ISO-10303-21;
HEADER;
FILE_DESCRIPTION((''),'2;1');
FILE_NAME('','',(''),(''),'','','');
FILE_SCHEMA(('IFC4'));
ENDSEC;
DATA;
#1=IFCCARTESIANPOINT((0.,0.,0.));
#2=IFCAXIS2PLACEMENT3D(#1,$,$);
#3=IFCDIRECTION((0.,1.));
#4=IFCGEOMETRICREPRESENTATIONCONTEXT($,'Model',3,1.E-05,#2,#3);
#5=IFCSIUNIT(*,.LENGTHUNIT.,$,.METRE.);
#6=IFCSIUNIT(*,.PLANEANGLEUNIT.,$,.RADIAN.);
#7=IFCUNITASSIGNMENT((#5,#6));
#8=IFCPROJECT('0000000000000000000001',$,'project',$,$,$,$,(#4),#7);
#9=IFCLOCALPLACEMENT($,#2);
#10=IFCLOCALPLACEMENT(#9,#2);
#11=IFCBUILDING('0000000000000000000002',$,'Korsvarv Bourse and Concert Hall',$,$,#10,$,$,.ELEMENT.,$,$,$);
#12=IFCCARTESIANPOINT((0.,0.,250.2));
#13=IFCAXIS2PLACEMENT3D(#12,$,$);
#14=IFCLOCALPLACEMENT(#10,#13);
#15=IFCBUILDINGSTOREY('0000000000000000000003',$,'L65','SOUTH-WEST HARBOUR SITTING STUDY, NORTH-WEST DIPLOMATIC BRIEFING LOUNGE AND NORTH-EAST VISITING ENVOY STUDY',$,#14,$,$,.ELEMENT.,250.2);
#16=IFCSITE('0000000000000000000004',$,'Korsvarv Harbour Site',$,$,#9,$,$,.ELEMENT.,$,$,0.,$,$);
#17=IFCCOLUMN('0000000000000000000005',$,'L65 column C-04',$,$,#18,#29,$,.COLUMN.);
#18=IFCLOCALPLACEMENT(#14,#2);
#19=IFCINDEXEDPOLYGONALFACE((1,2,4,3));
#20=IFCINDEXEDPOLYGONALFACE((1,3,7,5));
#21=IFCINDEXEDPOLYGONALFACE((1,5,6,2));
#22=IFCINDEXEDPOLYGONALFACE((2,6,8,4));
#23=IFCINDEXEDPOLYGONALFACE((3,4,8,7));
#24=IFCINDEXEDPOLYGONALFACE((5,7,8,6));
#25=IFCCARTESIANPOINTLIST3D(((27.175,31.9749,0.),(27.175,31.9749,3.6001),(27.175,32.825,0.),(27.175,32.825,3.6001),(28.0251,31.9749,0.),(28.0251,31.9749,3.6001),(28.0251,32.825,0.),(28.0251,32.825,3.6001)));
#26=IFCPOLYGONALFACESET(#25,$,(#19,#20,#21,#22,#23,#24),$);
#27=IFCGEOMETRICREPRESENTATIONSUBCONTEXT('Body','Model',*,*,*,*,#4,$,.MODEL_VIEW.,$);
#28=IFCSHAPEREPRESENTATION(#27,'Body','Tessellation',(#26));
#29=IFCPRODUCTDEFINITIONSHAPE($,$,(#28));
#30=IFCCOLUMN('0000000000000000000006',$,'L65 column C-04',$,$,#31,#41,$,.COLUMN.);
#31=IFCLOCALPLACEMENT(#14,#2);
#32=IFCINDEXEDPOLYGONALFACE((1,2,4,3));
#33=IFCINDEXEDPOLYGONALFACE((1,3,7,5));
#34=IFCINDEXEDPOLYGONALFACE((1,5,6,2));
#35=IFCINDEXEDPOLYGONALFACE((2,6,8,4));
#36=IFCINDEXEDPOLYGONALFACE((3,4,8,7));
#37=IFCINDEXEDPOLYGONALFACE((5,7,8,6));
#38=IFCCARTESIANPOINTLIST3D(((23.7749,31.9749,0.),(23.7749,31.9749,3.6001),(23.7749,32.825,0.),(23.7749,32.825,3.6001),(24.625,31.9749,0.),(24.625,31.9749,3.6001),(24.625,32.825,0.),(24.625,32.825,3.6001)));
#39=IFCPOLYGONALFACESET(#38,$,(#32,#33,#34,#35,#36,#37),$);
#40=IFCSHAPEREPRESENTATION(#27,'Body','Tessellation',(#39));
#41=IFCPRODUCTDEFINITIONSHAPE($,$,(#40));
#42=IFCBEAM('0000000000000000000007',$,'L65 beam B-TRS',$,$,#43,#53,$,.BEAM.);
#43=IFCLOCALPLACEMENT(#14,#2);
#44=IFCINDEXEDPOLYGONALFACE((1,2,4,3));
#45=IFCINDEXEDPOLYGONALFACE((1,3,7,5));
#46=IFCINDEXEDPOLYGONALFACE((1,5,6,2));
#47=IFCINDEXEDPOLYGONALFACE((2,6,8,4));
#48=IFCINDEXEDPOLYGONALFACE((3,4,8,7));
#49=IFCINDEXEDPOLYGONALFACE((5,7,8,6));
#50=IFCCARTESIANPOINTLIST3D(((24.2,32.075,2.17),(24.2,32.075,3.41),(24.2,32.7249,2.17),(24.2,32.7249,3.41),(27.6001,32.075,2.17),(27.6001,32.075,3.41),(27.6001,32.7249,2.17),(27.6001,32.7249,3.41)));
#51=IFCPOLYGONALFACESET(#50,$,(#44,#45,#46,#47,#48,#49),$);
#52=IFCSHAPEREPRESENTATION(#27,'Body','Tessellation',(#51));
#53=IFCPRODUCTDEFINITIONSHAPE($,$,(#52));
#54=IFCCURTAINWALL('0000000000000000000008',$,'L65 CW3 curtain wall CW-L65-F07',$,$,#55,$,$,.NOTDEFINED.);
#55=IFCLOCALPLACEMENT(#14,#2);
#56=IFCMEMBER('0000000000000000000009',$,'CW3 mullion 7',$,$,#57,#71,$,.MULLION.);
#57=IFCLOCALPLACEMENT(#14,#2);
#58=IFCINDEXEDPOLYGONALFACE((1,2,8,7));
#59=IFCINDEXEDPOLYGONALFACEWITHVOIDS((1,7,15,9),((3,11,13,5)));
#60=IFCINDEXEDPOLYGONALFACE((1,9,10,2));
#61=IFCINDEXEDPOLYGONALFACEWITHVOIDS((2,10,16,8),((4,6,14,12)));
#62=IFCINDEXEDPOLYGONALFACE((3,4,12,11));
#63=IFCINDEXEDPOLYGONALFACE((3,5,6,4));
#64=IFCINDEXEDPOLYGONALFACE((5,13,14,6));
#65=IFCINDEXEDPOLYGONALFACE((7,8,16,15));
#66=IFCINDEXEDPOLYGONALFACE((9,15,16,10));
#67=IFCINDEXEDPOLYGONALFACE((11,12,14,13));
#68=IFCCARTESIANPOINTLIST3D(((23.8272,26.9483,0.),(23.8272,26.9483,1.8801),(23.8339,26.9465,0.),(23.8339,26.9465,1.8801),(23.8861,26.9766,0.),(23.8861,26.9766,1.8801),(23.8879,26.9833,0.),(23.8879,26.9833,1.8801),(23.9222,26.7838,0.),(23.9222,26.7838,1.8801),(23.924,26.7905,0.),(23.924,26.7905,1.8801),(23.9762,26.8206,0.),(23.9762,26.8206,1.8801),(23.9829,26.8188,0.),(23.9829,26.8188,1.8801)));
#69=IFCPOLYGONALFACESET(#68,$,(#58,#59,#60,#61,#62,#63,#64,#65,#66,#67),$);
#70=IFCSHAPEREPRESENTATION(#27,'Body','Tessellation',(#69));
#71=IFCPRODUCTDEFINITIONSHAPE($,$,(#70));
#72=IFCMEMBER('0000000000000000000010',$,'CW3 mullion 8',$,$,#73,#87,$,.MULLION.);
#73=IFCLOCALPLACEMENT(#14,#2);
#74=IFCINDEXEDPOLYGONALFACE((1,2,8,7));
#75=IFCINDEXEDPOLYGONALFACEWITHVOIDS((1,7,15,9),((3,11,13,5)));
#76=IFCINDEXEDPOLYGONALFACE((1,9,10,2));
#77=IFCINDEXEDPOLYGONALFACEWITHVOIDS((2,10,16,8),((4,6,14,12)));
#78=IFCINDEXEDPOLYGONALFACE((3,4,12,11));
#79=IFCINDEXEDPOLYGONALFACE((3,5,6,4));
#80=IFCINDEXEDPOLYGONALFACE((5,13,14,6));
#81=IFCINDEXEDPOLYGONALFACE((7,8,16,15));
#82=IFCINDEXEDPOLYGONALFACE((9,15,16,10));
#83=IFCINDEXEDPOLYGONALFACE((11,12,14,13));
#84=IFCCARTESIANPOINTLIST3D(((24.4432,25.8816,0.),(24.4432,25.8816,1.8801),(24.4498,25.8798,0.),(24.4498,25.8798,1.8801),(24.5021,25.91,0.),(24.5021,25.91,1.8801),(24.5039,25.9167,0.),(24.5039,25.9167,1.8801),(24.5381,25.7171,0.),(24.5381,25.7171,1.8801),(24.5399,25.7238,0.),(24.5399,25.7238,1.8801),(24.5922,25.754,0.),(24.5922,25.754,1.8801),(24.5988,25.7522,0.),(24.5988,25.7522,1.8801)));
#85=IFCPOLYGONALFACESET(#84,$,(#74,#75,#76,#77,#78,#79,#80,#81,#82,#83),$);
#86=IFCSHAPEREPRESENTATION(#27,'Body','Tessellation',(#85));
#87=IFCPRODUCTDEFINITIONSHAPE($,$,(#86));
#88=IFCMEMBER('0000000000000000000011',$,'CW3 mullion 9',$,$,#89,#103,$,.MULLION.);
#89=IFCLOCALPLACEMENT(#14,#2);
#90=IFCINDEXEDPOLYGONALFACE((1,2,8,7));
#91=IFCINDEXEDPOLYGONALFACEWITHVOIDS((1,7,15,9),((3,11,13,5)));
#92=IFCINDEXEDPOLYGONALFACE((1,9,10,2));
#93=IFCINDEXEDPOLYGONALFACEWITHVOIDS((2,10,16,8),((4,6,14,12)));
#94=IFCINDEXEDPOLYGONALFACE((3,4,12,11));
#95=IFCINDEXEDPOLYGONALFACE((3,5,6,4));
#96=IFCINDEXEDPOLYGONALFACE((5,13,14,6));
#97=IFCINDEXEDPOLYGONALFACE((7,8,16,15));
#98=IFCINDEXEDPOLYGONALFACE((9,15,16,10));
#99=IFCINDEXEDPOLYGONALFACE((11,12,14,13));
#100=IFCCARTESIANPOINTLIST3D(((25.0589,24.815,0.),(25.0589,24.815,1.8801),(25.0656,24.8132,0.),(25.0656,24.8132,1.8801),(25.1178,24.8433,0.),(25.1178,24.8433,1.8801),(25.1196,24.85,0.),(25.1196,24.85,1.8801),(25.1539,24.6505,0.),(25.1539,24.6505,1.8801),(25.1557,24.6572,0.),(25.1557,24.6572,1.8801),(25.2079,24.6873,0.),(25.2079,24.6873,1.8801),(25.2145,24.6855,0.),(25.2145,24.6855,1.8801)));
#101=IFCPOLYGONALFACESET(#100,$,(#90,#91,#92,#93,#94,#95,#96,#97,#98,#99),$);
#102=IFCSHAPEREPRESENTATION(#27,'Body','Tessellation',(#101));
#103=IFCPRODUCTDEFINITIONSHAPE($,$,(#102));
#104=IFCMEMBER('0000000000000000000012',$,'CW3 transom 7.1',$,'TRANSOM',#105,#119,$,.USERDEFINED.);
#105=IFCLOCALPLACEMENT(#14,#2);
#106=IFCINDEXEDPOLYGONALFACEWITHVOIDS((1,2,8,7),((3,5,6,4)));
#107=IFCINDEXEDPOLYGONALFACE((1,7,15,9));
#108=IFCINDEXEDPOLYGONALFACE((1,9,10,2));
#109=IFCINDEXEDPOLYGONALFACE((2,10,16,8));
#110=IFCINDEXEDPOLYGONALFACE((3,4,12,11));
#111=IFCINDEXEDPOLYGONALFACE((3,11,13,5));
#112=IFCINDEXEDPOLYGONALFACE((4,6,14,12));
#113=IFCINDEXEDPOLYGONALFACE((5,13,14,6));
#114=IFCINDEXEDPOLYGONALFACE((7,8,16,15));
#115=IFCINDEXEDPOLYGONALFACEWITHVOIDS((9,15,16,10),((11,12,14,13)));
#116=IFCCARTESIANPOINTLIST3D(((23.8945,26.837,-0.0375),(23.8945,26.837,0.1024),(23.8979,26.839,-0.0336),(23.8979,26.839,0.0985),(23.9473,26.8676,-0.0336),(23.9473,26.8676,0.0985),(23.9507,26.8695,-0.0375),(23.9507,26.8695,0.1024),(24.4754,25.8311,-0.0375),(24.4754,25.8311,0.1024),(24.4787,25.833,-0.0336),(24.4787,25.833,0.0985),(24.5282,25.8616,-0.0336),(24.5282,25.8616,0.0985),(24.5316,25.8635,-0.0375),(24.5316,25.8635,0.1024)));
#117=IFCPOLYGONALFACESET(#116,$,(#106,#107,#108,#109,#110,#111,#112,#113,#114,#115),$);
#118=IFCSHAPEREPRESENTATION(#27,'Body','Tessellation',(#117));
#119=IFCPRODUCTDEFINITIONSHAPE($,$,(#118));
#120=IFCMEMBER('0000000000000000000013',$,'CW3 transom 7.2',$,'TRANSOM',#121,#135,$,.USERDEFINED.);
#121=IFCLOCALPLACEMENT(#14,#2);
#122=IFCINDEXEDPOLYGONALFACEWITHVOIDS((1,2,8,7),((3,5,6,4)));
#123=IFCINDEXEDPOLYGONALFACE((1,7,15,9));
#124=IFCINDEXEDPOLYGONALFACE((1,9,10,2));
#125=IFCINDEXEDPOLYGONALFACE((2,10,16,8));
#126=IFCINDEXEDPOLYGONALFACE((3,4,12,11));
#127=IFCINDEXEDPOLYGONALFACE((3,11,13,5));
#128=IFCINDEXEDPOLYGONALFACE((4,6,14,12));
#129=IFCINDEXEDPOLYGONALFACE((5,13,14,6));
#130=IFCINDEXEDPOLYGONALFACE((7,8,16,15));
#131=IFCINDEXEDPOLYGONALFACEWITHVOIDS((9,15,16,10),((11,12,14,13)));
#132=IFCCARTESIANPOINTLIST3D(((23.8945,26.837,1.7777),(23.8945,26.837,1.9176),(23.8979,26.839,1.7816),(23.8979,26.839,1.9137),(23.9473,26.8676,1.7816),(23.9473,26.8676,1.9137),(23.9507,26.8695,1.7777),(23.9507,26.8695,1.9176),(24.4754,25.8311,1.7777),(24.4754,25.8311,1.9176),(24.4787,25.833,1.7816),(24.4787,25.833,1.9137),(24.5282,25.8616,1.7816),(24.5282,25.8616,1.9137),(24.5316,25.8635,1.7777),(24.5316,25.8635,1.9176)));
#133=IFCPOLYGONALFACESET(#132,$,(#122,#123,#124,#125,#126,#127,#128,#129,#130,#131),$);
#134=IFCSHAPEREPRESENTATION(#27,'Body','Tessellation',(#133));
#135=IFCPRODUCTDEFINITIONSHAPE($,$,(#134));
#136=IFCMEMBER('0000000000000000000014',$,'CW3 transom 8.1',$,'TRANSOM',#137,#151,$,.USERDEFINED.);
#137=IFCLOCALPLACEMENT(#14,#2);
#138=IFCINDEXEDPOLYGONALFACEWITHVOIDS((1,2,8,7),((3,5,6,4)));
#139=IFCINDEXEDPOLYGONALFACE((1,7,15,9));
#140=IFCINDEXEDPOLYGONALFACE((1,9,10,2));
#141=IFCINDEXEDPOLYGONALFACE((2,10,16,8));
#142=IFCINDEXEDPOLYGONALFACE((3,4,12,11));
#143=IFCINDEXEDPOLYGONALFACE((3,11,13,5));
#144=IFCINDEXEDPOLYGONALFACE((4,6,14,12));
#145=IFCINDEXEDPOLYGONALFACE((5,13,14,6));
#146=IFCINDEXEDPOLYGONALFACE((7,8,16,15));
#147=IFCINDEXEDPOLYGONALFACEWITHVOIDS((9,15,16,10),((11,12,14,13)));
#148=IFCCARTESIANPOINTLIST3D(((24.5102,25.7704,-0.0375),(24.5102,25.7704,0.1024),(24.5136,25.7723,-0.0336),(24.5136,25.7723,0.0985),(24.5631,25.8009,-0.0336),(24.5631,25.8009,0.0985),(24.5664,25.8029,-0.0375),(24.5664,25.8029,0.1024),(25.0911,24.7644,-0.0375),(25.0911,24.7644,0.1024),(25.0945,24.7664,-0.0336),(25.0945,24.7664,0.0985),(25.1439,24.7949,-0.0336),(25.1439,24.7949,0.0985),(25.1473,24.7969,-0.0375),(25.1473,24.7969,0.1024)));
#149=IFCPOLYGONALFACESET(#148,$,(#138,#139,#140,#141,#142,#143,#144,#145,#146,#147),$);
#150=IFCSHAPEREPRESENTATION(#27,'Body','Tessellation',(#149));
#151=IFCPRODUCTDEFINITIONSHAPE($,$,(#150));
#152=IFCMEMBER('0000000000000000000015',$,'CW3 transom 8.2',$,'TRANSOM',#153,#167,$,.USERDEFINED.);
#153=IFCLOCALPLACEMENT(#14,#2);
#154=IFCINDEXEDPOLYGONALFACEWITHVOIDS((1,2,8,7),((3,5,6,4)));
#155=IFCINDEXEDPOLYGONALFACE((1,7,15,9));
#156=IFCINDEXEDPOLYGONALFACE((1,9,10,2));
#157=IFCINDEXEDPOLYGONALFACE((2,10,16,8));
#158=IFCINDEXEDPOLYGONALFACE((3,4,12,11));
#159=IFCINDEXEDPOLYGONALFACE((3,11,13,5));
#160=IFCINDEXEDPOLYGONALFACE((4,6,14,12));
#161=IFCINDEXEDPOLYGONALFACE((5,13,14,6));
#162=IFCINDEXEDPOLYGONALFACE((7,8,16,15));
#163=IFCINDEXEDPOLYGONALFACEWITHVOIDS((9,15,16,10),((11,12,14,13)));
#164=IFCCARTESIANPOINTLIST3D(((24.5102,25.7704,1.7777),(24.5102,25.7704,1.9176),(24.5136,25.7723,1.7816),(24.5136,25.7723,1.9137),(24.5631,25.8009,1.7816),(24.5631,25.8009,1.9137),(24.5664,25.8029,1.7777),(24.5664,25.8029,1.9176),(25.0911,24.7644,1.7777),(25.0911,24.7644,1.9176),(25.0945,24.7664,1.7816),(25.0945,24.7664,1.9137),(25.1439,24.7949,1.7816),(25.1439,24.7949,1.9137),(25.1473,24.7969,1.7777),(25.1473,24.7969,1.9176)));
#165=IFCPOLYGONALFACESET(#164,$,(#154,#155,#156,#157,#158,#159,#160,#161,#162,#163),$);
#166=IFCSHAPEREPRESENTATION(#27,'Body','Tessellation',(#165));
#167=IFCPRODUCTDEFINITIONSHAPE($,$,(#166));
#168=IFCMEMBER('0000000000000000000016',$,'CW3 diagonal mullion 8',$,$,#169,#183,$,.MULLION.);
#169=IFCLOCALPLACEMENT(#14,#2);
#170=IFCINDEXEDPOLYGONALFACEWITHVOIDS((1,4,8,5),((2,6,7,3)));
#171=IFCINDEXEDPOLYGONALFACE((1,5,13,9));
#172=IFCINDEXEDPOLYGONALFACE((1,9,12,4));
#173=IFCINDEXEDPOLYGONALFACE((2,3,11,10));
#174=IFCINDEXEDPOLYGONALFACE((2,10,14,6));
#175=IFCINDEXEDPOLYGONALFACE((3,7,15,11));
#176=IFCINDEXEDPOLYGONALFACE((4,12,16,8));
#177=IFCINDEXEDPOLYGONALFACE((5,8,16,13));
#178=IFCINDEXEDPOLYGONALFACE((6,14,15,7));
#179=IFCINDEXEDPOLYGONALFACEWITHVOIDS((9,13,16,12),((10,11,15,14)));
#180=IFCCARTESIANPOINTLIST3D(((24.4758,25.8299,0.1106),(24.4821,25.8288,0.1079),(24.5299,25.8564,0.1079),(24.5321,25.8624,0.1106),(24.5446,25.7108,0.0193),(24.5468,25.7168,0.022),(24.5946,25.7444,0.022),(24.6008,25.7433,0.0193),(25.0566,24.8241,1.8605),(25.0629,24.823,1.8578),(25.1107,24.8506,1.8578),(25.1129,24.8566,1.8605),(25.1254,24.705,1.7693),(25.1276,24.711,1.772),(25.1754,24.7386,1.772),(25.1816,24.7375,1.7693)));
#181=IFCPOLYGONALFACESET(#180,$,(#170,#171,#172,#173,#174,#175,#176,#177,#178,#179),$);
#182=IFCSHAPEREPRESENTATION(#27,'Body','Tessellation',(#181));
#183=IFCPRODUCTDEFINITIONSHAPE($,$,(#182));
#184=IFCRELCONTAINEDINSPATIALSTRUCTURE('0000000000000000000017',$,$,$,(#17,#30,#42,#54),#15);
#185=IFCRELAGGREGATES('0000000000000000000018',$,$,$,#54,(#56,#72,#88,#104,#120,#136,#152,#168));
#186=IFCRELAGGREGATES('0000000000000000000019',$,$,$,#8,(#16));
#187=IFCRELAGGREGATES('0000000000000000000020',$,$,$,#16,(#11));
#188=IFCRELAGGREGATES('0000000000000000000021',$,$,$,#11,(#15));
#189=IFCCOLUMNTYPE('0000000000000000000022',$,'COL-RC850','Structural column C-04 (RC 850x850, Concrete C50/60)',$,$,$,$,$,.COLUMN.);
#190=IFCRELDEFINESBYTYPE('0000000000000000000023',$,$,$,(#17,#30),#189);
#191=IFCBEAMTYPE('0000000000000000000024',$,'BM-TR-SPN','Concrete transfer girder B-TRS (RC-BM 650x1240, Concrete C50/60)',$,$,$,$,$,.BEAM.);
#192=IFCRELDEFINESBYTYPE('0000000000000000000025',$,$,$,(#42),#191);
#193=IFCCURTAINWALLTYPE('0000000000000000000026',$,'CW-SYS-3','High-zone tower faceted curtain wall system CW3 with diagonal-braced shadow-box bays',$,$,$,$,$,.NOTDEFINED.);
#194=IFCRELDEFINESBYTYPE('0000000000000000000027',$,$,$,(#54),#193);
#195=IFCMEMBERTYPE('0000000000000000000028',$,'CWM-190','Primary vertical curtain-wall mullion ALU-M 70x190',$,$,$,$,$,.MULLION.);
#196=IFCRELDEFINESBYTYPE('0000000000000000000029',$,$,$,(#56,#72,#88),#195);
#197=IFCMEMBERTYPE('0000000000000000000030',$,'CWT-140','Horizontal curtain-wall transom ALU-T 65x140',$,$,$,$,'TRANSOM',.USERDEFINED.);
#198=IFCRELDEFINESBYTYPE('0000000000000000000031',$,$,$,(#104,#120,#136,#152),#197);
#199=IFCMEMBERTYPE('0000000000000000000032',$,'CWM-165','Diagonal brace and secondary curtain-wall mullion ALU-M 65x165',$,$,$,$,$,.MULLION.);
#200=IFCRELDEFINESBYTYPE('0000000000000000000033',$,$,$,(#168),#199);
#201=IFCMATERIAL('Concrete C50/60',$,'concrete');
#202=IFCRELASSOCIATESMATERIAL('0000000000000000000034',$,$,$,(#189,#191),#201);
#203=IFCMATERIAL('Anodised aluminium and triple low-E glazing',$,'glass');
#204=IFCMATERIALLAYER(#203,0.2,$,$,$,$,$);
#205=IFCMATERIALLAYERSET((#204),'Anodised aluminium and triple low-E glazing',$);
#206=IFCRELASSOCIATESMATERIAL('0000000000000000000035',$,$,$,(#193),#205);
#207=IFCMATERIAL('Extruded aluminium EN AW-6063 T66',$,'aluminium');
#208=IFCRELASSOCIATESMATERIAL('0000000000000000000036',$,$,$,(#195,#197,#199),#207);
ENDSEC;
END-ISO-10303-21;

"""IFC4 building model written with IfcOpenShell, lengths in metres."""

from ifc_helpers import new_model, si_unit, direction, frame, origin, origin_2d, place, context, subcontext, project, spatial, rectangle, hollow_rectangle, extrude, source, transform, mapped, material, layer, layer_set, material_profile, profile_set, type_object, element, aggregate, save


model = new_model("IFC4")

# Units and contexts
model_context = context("Model", 3, precision=1e-05, world=origin(), true_north=direction((0.0, 1.0)))
body_context = subcontext(model_context, "Body", "Model", "MODEL_VIEW")
ifc_project = project(units=[si_unit("LENGTHUNIT", "METRE"), si_unit("PLANEANGLEUNIT", "RADIAN")], contexts=[model_context])

# Site, building, storey
site_placement = place(None, origin())
site = spatial("IfcSite", under=ifc_project, at=site_placement, Name="Korsvarv Harbour Site", CompositionType="ELEMENT", RefElevation=0.0)
building_placement = place(site_placement, origin())
building = spatial("IfcBuilding", under=site, at=building_placement, Name="Korsvarv Bourse and Concert Hall", CompositionType="ELEMENT")
storey_placement = place(building_placement, frame((0.0, 0.0, 250.2)))
storey = spatial("IfcBuildingStorey", under=building, at=storey_placement, Name="L65", Description="SOUTH-WEST HARBOUR SITTING STUDY, NORTH-WEST DIPLOMATIC BRIEFING LOUNGE AND NORTH-EAST VISITING ENVOY STUDY", CompositionType="ELEMENT", Elevation=250.2)

# Columns
ifc_material_1 = material(Name="Concrete C50/60", Category="concrete")
ifc_material_profile_1 = material_profile(ifc_material_1, rectangle(XDim=0.8501, YDim=0.8501, at=origin_2d()), Name="RC 850x850")
ifc_profile_set_1 = profile_set([ifc_material_profile_1], Name="Concrete C50/60")
column_type = type_object("IfcColumnType", Name="COL-RC850", Description="Structural column C-04 (RC 850x850, Concrete C50/60)", PredefinedType="COLUMN", material=ifc_profile_set_1)
shared_shape_1 = source(origin(), body_context, "Body", "SweptSolid", [
    extrude(rectangle(XDim=0.8501, YDim=0.8501, at=origin_2d()), origin(), (0.0, 0.0, 1.0), 3.6001),
])
for number, where, z_axis, x_axis, name in (
    (1, (27.6001, 32.3999, 0.0), (0.0, 0.0, 1.0), (1.0, 0.0, 0.0), "L65 column C-04"),
    (2, (24.2, 32.3999, 0.0), (0.0, 0.0, 1.0), (1.0, 0.0, 0.0), "L65 column C-04"),
):
    element("IfcColumn", number, at=place(storey_placement, frame(where, z_axis=z_axis, x_axis=x_axis)), inside=storey, type_object=column_type, Name=name, PredefinedType="COLUMN", context=body_context, shape_type="MappedRepresentation", body=[
        mapped(shared_shape_1, transform((0.0, 0.0, 0.0), scale=1.0)),
    ])

# Beam
ifc_material_profile_2 = material_profile(ifc_material_1, rectangle(XDim=0.6499, YDim=1.24, at=origin_2d()), Name="RC-BM 650x1240")
ifc_profile_set_2 = profile_set([ifc_material_profile_2], Name="Concrete C50/60")
beam_type = type_object("IfcBeamType", Name="BM-TR-SPN", Description="Concrete transfer girder B-TRS (RC-BM 650x1240, Concrete C50/60)", PredefinedType="BEAM", material=ifc_profile_set_2)
shared_shape_2 = source(origin(), body_context, "Body", "SweptSolid", [
    extrude(rectangle(XDim=0.6499, YDim=1.24, at=origin_2d()), origin(), (0.0, 0.0, 1.0), 3.4001),
])
beam_placement = place(storey_placement, frame((24.2, 32.3999, 2.79), z_axis=(1.0, 0.0, 0.0), x_axis=(0.0, 1.0, 0.0)))
element("IfcBeam", 3, at=beam_placement, inside=storey, type_object=beam_type, Name="L65 beam B-TRS", PredefinedType="BEAM", context=body_context, shape_type="MappedRepresentation", body=[
    mapped(shared_shape_2, transform((0.0, 0.0, 0.0), scale=1.0)),
])

# Curtain wall, members
ifc_material_2 = material(Name="Anodised aluminium and triple low-E glazing", Category="glass")
ifc_layer_1 = layer(ifc_material_2, 0.2)
ifc_layer_set_1 = layer_set([ifc_layer_1], Name="Anodised aluminium and triple low-E glazing")
curtain_wall_type = type_object("IfcCurtainWallType", Name="CW-SYS-3", Description="High-zone tower faceted curtain wall system CW3 with diagonal-braced shadow-box bays", PredefinedType="NOTDEFINED", material=ifc_layer_set_1)
curtain_wall_placement = place(storey_placement, origin())
curtain_wall = element("IfcCurtainWall", 4, at=curtain_wall_placement, inside=storey, type_object=curtain_wall_type, Name="L65 CW3 curtain wall CW-L65-F07", PredefinedType="NOTDEFINED")
ifc_material_3 = material(Name="Extruded aluminium EN AW-6063 T66", Category="aluminium")
ifc_material_profile_3 = material_profile(ifc_material_3, hollow_rectangle(XDim=0.0701, YDim=0.1899, WallThickness=0.0049, at=origin_2d()), Name="ALU-M 70x190")
ifc_profile_set_3 = profile_set([ifc_material_profile_3], Name="Extruded aluminium EN AW-6063 T66")
member_type_1 = type_object("IfcMemberType", Name="CWM-190", Description="Primary vertical curtain-wall mullion ALU-M 70x190", PredefinedType="MULLION", material=ifc_profile_set_3)
shared_shape_3 = source(origin(), body_context, "Body", "SweptSolid", [
    extrude(hollow_rectangle(XDim=0.0701, YDim=0.1899, WallThickness=0.0049, at=origin_2d()), origin(), (0.0, 0.0, 1.0), 1.8801),
])
member_1_placement = place(storey_placement, frame((23.905, 26.8835, 0.0), z_axis=(0.0, 0.0, 1.0), x_axis=(0.866022, 0.500006, 0.0)))
member_1 = element("IfcMember", 5, at=member_1_placement, type_object=member_type_1, Name="CW3 mullion 7", PredefinedType="MULLION", context=body_context, shape_type="MappedRepresentation", body=[
    mapped(shared_shape_3, transform((0.0, 0.0, 0.0), scale=1.0)),
])
member_2_placement = place(storey_placement, frame((24.521, 25.8169, 0.0), z_axis=(0.0, 0.0, 1.0), x_axis=(0.866022, 0.500006, 0.0)))
member_2 = element("IfcMember", 6, at=member_2_placement, type_object=member_type_1, Name="CW3 mullion 8", PredefinedType="MULLION", context=body_context, shape_type="MappedRepresentation", body=[
    mapped(shared_shape_3, transform((0.0, 0.0, 0.0), scale=1.0)),
])
member_3_placement = place(storey_placement, frame((25.1367, 24.7502, 0.0), z_axis=(0.0, 0.0, 1.0), x_axis=(0.866022, 0.500006, 0.0)))
member_3 = element("IfcMember", 7, at=member_3_placement, type_object=member_type_1, Name="CW3 mullion 9", PredefinedType="MULLION", context=body_context, shape_type="MappedRepresentation", body=[
    mapped(shared_shape_3, transform((0.0, 0.0, 0.0), scale=1.0)),
])
ifc_material_profile_4 = material_profile(ifc_material_3, hollow_rectangle(XDim=0.0649, YDim=0.1399, WallThickness=0.0039, at=origin_2d()), Name="ALU-T 65x140")
ifc_profile_set_4 = profile_set([ifc_material_profile_4], Name="Extruded aluminium EN AW-6063 T66")
member_type_2 = type_object("IfcMemberType", Name="CWT-140", Description="Horizontal curtain-wall transom ALU-T 65x140", ElementType="TRANSOM", PredefinedType="USERDEFINED", material=ifc_profile_set_4)
shared_shape_4 = source(origin(), body_context, "Body", "SweptSolid", [
    extrude(hollow_rectangle(XDim=0.0649, YDim=0.1399, WallThickness=0.0039, at=origin_2d()), origin(), (0.0, 0.0, 1.0), 1.1616),
])
member_4_placement = place(storey_placement, frame((23.9226, 26.8533, 0.0325), z_axis=(0.50005, -0.865997, 0.0), x_axis=(0.865997, 0.50005, 0.0)))
member_4 = element("IfcMember", 8, at=member_4_placement, type_object=member_type_2, Name="CW3 transom 7.1", ObjectType="TRANSOM", PredefinedType="USERDEFINED", context=body_context, shape_type="MappedRepresentation", body=[
    mapped(shared_shape_4, transform((0.0, 0.0, 0.0), scale=1.0)),
])
member_5_placement = place(storey_placement, frame((23.9226, 26.8533, 1.8477), z_axis=(0.50005, -0.865997, 0.0), x_axis=(0.865997, 0.50005, 0.0)))
member_5 = element("IfcMember", 9, at=member_5_placement, type_object=member_type_2, Name="CW3 transom 7.2", ObjectType="TRANSOM", PredefinedType="USERDEFINED", context=body_context, shape_type="MappedRepresentation", body=[
    mapped(shared_shape_4, transform((0.0, 0.0, 0.0), scale=1.0)),
])
member_6_placement = place(storey_placement, frame((24.5383, 25.7866, 0.0325), z_axis=(0.50005, -0.865997, 0.0), x_axis=(0.865997, 0.50005, 0.0)))
member_6 = element("IfcMember", 10, at=member_6_placement, type_object=member_type_2, Name="CW3 transom 8.1", ObjectType="TRANSOM", PredefinedType="USERDEFINED", context=body_context, shape_type="MappedRepresentation", body=[
    mapped(shared_shape_4, transform((0.0, 0.0, 0.0), scale=1.0)),
])
member_7_placement = place(storey_placement, frame((24.5383, 25.7866, 1.8477), z_axis=(0.50005, -0.865997, 0.0), x_axis=(0.865997, 0.50005, 0.0)))
member_7 = element("IfcMember", 11, at=member_7_placement, type_object=member_type_2, Name="CW3 transom 8.2", ObjectType="TRANSOM", PredefinedType="USERDEFINED", context=body_context, shape_type="MappedRepresentation", body=[
    mapped(shared_shape_4, transform((0.0, 0.0, 0.0), scale=1.0)),
])
ifc_material_profile_5 = material_profile(ifc_material_3, hollow_rectangle(XDim=0.0649, YDim=0.165, WallThickness=0.0049, at=origin_2d()), Name="ALU-M 65x165")
ifc_profile_set_5 = profile_set([ifc_material_profile_5], Name="Extruded aluminium EN AW-6063 T66")
member_type_3 = type_object("IfcMemberType", Name="CWM-165", Description="Diagonal brace and secondary curtain-wall mullion ALU-M 65x165", PredefinedType="MULLION", material=ifc_profile_set_5)
shared_shape_5 = source(origin(), body_context, "Body", "SweptSolid", [
    extrude(hollow_rectangle(XDim=0.0649, YDim=0.165, WallThickness=0.0049, at=origin_2d()), origin(), (0.0, 0.0, 1.0), 2.1003),
])
member_8_placement = place(storey_placement, frame((24.5383, 25.7866, 0.0649), z_axis=(0.276526, -0.478894, 0.833183), x_axis=(0.865997, 0.50005, 0.0)))
member_8 = element("IfcMember", 12, at=member_8_placement, type_object=member_type_3, Name="CW3 diagonal mullion 8", PredefinedType="MULLION", context=body_context, shape_type="MappedRepresentation", body=[
    mapped(shared_shape_5, transform((0.0, 0.0, 0.0), scale=1.0)),
])
aggregate(curtain_wall, [member_1, member_2, member_3, member_4, member_5, member_6, member_7, member_8])

save(model, "model.ifc")
